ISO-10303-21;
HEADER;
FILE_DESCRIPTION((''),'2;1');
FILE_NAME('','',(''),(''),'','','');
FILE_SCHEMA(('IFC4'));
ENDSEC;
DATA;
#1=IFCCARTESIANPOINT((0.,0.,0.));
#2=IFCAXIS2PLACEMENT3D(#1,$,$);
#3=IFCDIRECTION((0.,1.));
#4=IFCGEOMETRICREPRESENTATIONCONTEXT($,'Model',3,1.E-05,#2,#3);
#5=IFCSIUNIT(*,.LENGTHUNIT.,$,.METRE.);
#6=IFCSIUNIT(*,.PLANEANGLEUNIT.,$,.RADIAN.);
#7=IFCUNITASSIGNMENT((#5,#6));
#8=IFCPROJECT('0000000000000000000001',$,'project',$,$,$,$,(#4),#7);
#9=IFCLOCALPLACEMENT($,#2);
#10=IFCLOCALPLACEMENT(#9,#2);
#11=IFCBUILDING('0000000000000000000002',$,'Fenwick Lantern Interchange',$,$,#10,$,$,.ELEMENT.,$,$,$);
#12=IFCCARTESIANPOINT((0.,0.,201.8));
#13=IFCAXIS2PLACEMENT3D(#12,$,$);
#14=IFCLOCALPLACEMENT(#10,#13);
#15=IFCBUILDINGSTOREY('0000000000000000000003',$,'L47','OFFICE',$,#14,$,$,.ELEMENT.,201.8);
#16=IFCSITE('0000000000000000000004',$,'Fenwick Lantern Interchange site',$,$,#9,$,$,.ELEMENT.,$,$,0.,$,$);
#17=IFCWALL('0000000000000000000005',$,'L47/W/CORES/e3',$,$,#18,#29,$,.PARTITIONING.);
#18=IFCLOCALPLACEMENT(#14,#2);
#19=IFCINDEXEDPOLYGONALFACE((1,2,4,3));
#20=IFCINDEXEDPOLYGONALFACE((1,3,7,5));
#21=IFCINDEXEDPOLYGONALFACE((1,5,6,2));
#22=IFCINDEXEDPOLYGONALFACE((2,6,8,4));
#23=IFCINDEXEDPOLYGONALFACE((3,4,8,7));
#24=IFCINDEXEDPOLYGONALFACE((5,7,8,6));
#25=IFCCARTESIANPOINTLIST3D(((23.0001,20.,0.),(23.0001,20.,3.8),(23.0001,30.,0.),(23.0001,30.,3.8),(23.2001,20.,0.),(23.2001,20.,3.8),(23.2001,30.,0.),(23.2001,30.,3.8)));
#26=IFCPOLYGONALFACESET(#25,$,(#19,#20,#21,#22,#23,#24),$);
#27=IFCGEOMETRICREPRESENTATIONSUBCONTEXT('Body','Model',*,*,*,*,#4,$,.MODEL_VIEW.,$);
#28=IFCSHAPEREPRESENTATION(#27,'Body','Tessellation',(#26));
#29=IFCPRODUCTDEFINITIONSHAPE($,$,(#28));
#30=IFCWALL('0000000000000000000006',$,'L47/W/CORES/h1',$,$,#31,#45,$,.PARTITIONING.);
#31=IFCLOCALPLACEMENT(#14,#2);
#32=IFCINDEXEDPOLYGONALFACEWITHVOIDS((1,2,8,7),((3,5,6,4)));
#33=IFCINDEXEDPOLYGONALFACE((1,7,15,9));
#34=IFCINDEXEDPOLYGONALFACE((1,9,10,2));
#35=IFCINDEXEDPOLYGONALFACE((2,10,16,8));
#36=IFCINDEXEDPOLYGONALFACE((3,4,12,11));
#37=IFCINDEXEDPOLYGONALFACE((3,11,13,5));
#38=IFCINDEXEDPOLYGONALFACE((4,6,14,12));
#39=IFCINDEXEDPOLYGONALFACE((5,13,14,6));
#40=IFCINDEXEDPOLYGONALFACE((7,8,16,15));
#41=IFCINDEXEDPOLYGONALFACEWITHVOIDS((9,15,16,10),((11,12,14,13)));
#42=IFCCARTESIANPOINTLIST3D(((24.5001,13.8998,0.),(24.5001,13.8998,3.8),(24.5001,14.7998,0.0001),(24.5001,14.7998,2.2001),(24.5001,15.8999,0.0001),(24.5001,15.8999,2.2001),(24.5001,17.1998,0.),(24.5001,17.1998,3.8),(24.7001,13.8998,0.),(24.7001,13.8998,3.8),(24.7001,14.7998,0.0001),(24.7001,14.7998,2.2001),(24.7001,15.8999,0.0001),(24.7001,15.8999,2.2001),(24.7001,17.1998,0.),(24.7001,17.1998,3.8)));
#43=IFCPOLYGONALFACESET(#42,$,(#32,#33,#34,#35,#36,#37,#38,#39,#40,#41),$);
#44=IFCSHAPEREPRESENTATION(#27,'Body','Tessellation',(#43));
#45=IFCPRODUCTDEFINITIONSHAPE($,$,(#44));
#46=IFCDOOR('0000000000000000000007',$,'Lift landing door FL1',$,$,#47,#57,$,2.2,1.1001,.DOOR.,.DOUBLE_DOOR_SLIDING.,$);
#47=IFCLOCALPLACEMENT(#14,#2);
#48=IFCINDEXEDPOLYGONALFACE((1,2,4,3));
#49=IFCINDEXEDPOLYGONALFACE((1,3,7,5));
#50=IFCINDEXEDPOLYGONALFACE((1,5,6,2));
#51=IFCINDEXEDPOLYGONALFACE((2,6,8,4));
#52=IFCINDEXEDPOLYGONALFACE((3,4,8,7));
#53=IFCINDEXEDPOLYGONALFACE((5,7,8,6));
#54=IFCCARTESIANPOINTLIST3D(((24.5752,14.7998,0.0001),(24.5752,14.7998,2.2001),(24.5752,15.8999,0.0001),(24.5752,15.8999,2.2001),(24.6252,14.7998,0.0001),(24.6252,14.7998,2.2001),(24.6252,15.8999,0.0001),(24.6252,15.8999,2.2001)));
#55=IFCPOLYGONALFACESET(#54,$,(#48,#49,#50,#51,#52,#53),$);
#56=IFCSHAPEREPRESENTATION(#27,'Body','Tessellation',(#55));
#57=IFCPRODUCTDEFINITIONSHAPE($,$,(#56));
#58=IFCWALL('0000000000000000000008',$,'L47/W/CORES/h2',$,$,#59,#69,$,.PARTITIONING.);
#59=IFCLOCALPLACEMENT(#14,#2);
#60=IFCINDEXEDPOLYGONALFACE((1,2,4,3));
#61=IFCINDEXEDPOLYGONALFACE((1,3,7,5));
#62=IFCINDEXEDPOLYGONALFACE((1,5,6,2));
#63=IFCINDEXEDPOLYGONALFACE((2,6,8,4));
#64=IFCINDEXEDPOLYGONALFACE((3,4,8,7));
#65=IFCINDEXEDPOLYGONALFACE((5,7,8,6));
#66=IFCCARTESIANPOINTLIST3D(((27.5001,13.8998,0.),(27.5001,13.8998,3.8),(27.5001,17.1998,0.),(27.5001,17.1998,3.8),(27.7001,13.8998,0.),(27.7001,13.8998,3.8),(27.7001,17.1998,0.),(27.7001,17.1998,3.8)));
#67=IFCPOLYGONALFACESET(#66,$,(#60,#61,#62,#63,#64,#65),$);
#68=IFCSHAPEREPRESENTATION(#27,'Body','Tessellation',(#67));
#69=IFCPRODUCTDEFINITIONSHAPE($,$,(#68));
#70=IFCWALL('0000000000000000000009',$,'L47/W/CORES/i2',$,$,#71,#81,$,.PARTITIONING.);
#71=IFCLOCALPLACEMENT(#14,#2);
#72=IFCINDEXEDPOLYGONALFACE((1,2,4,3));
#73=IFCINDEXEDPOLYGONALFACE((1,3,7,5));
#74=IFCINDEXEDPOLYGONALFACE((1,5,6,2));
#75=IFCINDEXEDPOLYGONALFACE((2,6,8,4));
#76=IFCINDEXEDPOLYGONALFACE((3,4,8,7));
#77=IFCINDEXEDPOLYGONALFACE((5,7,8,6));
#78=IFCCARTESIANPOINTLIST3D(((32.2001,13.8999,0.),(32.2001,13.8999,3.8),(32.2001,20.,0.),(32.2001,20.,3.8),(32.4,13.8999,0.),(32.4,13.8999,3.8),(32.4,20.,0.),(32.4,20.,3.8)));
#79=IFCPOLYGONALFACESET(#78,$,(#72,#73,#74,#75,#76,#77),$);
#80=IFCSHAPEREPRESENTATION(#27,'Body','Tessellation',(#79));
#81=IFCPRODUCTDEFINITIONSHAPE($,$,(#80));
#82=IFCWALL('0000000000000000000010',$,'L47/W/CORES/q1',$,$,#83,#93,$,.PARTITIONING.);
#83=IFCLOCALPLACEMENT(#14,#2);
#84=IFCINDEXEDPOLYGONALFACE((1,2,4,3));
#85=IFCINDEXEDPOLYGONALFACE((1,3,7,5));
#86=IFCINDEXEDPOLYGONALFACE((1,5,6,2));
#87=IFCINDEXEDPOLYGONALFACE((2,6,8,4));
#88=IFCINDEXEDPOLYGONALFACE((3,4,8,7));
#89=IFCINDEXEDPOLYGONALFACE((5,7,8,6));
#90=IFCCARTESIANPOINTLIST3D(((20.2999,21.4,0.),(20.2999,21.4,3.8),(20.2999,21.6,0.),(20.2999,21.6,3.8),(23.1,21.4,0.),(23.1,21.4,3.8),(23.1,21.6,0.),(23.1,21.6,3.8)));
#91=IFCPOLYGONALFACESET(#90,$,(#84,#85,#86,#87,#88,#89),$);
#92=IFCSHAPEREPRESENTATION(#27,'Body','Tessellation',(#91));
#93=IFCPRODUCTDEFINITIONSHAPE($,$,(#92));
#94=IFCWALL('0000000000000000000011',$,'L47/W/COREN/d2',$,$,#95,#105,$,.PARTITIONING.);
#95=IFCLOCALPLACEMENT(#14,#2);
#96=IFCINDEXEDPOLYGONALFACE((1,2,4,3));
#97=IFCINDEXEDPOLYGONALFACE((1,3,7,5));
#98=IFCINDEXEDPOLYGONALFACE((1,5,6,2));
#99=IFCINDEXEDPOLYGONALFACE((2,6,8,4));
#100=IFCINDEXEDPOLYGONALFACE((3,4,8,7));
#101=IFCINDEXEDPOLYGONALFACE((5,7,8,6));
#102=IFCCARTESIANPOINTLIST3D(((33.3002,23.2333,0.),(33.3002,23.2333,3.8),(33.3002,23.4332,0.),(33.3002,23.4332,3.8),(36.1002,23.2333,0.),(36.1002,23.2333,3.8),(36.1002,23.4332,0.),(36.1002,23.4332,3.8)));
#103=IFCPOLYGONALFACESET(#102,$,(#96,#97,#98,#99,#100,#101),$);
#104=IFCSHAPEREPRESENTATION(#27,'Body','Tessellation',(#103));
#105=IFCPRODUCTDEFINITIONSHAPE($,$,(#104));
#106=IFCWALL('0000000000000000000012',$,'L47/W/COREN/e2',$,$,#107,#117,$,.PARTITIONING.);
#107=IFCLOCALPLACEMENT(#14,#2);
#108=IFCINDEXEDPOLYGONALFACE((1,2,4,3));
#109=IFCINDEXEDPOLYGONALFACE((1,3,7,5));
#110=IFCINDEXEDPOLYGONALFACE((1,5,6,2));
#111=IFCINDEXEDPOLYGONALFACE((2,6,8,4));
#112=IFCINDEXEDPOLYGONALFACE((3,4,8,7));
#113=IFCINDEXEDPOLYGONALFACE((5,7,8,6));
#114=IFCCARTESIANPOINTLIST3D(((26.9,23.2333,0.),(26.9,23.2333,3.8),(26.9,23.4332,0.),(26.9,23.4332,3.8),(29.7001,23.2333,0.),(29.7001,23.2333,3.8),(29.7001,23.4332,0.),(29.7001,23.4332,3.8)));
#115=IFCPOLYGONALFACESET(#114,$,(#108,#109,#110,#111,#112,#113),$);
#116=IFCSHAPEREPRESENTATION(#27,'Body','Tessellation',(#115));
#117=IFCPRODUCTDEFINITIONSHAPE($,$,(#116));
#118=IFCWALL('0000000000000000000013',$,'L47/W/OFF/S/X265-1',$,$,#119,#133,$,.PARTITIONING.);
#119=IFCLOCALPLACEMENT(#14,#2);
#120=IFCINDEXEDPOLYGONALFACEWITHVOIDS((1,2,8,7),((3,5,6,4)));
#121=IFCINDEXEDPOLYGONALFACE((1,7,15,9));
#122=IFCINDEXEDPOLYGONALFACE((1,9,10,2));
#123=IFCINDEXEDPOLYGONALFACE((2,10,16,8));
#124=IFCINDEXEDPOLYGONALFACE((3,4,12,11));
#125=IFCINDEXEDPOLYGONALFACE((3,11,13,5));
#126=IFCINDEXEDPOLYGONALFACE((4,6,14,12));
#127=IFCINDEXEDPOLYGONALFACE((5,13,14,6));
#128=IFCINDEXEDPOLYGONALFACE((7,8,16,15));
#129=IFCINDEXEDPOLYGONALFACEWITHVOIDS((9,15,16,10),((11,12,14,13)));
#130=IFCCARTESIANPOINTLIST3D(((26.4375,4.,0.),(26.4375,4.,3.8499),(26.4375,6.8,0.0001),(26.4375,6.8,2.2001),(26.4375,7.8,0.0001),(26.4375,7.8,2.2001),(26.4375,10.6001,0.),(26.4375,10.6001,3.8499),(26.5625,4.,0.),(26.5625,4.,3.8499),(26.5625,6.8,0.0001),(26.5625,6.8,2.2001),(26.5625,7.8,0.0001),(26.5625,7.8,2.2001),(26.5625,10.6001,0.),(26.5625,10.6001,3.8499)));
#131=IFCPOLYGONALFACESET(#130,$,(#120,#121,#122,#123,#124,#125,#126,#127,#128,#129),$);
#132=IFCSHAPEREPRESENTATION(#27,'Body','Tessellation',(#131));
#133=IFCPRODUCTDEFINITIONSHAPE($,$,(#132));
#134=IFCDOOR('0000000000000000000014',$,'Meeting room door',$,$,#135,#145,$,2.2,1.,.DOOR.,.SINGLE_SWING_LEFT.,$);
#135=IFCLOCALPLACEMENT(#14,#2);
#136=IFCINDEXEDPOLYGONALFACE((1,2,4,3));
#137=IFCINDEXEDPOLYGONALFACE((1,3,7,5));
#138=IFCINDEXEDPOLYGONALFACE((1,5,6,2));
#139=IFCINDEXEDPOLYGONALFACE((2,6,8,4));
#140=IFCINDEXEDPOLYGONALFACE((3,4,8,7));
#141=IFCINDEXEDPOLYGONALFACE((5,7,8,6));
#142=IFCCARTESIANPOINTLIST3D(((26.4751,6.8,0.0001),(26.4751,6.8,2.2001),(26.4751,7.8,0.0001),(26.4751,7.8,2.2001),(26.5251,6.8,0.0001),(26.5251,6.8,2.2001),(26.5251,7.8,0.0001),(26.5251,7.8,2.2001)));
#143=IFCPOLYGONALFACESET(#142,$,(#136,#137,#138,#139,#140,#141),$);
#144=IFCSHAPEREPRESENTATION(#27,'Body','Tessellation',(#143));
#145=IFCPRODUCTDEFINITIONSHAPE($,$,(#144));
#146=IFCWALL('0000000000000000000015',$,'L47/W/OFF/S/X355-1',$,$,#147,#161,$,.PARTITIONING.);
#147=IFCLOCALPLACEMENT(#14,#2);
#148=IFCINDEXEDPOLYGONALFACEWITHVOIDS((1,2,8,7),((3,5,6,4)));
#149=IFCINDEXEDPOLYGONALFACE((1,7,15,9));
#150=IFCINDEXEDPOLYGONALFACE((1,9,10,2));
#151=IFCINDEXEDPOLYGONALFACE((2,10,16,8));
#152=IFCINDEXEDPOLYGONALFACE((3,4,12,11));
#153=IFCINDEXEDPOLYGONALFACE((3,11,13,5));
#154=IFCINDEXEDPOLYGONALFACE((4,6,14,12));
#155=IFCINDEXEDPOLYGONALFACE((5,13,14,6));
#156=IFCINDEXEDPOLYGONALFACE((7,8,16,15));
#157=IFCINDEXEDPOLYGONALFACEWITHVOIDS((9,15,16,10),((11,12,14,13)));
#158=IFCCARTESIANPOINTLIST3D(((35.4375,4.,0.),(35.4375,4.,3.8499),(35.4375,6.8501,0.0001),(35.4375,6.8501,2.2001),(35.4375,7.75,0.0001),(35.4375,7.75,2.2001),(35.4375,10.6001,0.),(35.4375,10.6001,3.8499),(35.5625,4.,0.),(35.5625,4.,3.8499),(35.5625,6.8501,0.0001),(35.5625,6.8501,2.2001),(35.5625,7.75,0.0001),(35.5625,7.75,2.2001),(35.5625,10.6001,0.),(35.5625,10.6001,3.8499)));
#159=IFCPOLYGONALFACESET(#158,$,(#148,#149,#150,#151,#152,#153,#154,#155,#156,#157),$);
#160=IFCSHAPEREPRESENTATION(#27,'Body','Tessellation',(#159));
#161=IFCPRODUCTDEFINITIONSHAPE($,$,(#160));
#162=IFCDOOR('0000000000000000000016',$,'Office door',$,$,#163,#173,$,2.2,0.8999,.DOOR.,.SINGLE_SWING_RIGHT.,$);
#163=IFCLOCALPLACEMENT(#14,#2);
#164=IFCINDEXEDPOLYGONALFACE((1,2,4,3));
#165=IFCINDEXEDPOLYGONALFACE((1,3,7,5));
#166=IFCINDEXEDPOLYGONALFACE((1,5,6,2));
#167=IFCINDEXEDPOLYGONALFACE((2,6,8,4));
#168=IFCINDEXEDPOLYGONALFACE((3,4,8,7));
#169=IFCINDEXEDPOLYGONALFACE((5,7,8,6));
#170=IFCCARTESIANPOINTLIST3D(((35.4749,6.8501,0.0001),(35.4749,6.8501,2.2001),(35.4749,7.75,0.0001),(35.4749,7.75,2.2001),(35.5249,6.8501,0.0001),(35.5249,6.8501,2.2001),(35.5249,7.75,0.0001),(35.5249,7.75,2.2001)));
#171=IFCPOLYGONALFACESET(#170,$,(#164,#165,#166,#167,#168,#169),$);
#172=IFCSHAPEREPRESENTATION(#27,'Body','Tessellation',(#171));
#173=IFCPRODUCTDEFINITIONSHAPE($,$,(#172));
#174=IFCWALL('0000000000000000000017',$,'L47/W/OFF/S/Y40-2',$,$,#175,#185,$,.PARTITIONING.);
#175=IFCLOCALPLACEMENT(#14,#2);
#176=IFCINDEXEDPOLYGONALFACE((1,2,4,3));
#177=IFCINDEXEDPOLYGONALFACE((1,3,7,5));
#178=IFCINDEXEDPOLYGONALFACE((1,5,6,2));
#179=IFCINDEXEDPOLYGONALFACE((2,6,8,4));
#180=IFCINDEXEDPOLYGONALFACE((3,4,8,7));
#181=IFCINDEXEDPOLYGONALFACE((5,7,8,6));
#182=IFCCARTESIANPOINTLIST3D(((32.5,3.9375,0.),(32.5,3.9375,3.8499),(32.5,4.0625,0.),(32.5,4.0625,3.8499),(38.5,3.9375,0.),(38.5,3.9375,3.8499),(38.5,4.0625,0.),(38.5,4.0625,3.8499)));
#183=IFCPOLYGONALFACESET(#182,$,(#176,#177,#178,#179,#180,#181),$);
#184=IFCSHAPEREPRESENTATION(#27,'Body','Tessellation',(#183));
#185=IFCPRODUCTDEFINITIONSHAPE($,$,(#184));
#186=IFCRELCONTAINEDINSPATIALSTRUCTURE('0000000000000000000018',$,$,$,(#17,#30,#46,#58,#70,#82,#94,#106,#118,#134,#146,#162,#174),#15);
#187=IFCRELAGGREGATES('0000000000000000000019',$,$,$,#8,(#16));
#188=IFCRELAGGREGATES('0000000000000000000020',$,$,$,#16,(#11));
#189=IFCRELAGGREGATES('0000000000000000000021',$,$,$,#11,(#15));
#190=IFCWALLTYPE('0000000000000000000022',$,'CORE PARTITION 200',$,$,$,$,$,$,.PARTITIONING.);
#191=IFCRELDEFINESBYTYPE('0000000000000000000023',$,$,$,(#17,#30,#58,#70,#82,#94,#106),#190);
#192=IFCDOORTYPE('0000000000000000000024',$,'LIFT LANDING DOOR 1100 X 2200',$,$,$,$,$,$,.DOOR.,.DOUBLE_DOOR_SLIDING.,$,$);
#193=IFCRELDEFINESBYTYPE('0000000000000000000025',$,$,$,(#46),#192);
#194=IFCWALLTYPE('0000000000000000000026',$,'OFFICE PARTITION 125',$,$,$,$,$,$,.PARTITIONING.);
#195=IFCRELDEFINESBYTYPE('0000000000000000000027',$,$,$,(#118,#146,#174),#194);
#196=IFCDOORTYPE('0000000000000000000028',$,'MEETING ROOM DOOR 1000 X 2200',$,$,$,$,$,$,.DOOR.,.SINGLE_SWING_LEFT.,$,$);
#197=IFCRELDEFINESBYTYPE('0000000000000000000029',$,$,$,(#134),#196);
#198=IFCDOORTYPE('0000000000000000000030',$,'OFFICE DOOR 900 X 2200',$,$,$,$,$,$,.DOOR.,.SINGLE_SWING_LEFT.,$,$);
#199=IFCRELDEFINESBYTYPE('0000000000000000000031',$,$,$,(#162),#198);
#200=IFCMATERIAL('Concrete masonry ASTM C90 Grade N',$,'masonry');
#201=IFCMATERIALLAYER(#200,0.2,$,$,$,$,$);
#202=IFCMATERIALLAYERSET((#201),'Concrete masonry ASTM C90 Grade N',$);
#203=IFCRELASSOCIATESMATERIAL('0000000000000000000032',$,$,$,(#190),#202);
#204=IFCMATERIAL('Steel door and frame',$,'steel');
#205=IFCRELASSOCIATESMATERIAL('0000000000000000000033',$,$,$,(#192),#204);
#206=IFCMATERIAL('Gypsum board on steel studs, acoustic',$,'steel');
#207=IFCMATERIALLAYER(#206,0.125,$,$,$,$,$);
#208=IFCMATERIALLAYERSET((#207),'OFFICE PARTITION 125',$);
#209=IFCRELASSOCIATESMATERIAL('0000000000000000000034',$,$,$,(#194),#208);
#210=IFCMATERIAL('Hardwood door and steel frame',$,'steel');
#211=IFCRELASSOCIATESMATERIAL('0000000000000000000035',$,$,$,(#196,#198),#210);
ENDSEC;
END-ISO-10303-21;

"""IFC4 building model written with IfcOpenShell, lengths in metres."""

from ifc_helpers import new_model, si_unit, direction, frame, frame_2d, origin, place, context, subcontext, project, spatial, rectangle, extrude, material, layer, layer_set, type_object, element, fill, save


model = new_model("IFC4")

# Units and contexts
model_context = context("Model", 3, precision=1e-05, world=origin(), true_north=direction((0.0, 1.0)))
body_context = subcontext(model_context, "Body", "Model", "MODEL_VIEW")
ifc_project = project(units=[si_unit("LENGTHUNIT", "METRE"), si_unit("PLANEANGLEUNIT", "RADIAN")], contexts=[model_context])

# Site, building, storey
site_placement = place(None, origin())
site = spatial("IfcSite", under=ifc_project, at=site_placement, Name="Fenwick Lantern Interchange site", CompositionType="ELEMENT", RefElevation=0.0)
building_placement = place(site_placement, origin())
building = spatial("IfcBuilding", under=site, at=building_placement, Name="Fenwick Lantern Interchange", CompositionType="ELEMENT")
storey_placement = place(building_placement, frame((0.0, 0.0, 201.8)))
storey = spatial("IfcBuildingStorey", under=building, at=storey_placement, Name="L47", Description="OFFICE", CompositionType="ELEMENT", Elevation=201.8)

# Wall
ifc_material_1 = material(Name="Concrete masonry ASTM C90 Grade N", Category="masonry")
ifc_layer_1 = layer(ifc_material_1, 0.2)
ifc_layer_set_1 = layer_set([ifc_layer_1], Name="Concrete masonry ASTM C90 Grade N")
wall_type_1 = type_object("IfcWallType", Name="CORE PARTITION 200", PredefinedType="PARTITIONING", material=ifc_layer_set_1)
wall_1_placement = place(storey_placement, frame((23.1001, 20.0, 0.0), z_axis=(0.0, 0.0, 1.0), x_axis=(0.0, 1.0, 0.0)))
element("IfcWall", 1, at=wall_1_placement, inside=storey, type_object=wall_type_1, Name="L47/W/CORES/e3", PredefinedType="PARTITIONING", context=body_context, shape_type="SweptSolid", body=[
    extrude(rectangle(XDim=10.0, YDim=0.2, at=frame_2d((5.0, 0.0))), origin(), (0.0, 0.0, 1.0), 3.8),
])

# Wall, opening, door
wall_2_placement = place(storey_placement, frame((24.6001, 13.8999, 0.0), z_axis=(0.0, 0.0, 1.0), x_axis=(0.0, 1.0, 0.0)))
wall_2 = element("IfcWall", 2, at=wall_2_placement, inside=storey, type_object=wall_type_1, Name="L47/W/CORES/h1", PredefinedType="PARTITIONING", context=body_context, shape_type="SweptSolid", body=[
    extrude(rectangle(XDim=3.3, YDim=0.2, at=frame_2d((1.6499, 0.0))), origin(), (0.0, 0.0, 1.0), 3.8),
])
opening_1_placement = place(wall_2_placement, frame((0.8999, 0.0, 0.0)))
opening_1 = element("IfcOpeningElement", 3, at=opening_1_placement, cuts=wall_2, PredefinedType="OPENING", context=body_context, shape_type="SweptSolid", body=[
    extrude(rectangle(XDim=1.1001, YDim=2.2, at=frame_2d((0.55, 1.1001))), frame((0.0, 0.1099, 0.0), z_axis=(0.0, -1.0, 0.0), x_axis=(1.0, 0.0, 0.0)), (0.0, 0.0, 1.0), 0.22),
])
ifc_material_2 = material(Name="Steel door and frame", Category="steel")
door_type_1 = type_object("IfcDoorType", Name="LIFT LANDING DOOR 1100 X 2200", OperationType="DOUBLE_DOOR_SLIDING", PredefinedType="DOOR", material=ifc_material_2)
door_1_placement = place(opening_1_placement, origin())
door_1 = element("IfcDoor", 4, at=door_1_placement, inside=storey, type_object=door_type_1, Name="Lift landing door FL1", OperationType="DOUBLE_DOOR_SLIDING", OverallHeight=2.2, OverallWidth=1.1001, PredefinedType="DOOR", context=body_context, shape_type="SweptSolid", body=[
    extrude(rectangle(XDim=1.1001, YDim=2.2, at=frame_2d((0.55, 1.1001))), frame((0.0, 0.0249, 0.0), z_axis=(0.0, -1.0, 0.0), x_axis=(1.0, 0.0, 0.0)), (0.0, 0.0, 1.0), 0.05),
])
fill(opening_1, door_1)

# Walls
wall_3_placement = place(storey_placement, frame((27.6001, 13.8999, 0.0), z_axis=(0.0, 0.0, 1.0), x_axis=(0.0, 1.0, 0.0)))
element("IfcWall", 5, at=wall_3_placement, inside=storey, type_object=wall_type_1, Name="L47/W/CORES/h2", PredefinedType="PARTITIONING", context=body_context, shape_type="SweptSolid", body=[
    extrude(rectangle(XDim=3.3, YDim=0.2, at=frame_2d((1.6499, 0.0))), origin(), (0.0, 0.0, 1.0), 3.8),
])
wall_4_placement = place(storey_placement, frame((32.3, 13.8999, 0.0), z_axis=(0.0, 0.0, 1.0), x_axis=(0.0, 1.0, 0.0)))
element("IfcWall", 6, at=wall_4_placement, inside=storey, type_object=wall_type_1, Name="L47/W/CORES/i2", PredefinedType="PARTITIONING", context=body_context, shape_type="SweptSolid", body=[
    extrude(rectangle(XDim=6.1001, YDim=0.2, at=frame_2d((3.05, 0.0))), origin(), (0.0, 0.0, 1.0), 3.8),
])
for number, where, z_axis, x_axis, name in (
    (7, (20.3, 21.5, 0.0), (0.0, 0.0, 1.0), (1.0, 0.0, 0.0), "L47/W/CORES/q1"),
    (8, (36.1001, 23.3333, 0.0), (0.0, 0.0, 1.0), (-1.0, 0.0, 0.0), "L47/W/COREN/d2"),
    (9, (29.7, 23.3333, 0.0), (0.0, 0.0, 1.0), (-1.0, 0.0, 0.0), "L47/W/COREN/e2"),
):
    element("IfcWall", number, at=place(storey_placement, frame(where, z_axis=z_axis, x_axis=x_axis)), inside=storey, type_object=wall_type_1, Name=name, PredefinedType="PARTITIONING", context=body_context, shape_type="SweptSolid", body=[
        extrude(rectangle(XDim=2.8, YDim=0.2, at=frame_2d((1.3999, 0.0))), origin(), (0.0, 0.0, 1.0), 3.8),
    ])

# Shared definitions
ifc_material_3 = material(Name="Hardwood door and steel frame", Category="steel")

# Walls, openings, doors
ifc_material_4 = material(Name="Gypsum board on steel studs, acoustic", Category="steel")
ifc_layer_2 = layer(ifc_material_4, 0.125)
ifc_layer_set_2 = layer_set([ifc_layer_2], Name="OFFICE PARTITION 125")
wall_type_2 = type_object("IfcWallType", Name="OFFICE PARTITION 125", PredefinedType="PARTITIONING", material=ifc_layer_set_2)
wall_5_placement = place(storey_placement, frame((26.5, 4.0, 0.0), z_axis=(0.0, 0.0, 1.0), x_axis=(0.0, 1.0, 0.0)))
wall_5 = element("IfcWall", 10, at=wall_5_placement, inside=storey, type_object=wall_type_2, Name="L47/W/OFF/S/X265-1", PredefinedType="PARTITIONING", context=body_context, shape_type="SweptSolid", body=[
    extrude(rectangle(XDim=6.6001, YDim=0.125, at=frame_2d((3.3, 0.0))), origin(), (0.0, 0.0, 1.0), 3.8499),
])
opening_2_placement = place(wall_5_placement, frame((2.8, 0.0, 0.0)))
opening_2 = element("IfcOpeningElement", 11, at=opening_2_placement, cuts=wall_5, PredefinedType="OPENING", context=body_context, shape_type="SweptSolid", body=[
    extrude(rectangle(XDim=1.0, YDim=2.2, at=frame_2d((0.5, 1.1001))), frame((0.0, 0.0725, 0.0), z_axis=(0.0, -1.0, 0.0), x_axis=(1.0, 0.0, 0.0)), (0.0, 0.0, 1.0), 0.145),
])
door_type_2 = type_object("IfcDoorType", Name="MEETING ROOM DOOR 1000 X 2200", OperationType="SINGLE_SWING_LEFT", PredefinedType="DOOR", material=ifc_material_3)
door_2_placement = place(opening_2_placement, origin())
door_2 = element("IfcDoor", 12, at=door_2_placement, inside=storey, type_object=door_type_2, Name="Meeting room door", OperationType="SINGLE_SWING_LEFT", OverallHeight=2.2, OverallWidth=1.0, PredefinedType="DOOR", context=body_context, shape_type="SweptSolid", body=[
    extrude(rectangle(XDim=1.0, YDim=2.2, at=frame_2d((0.5, 1.1001))), frame((0.0, 0.0249, 0.0), z_axis=(0.0, -1.0, 0.0), x_axis=(1.0, 0.0, 0.0)), (0.0, 0.0, 1.0), 0.05),
])
fill(opening_2, door_2)
wall_6_placement = place(storey_placement, frame((35.5, 4.0, 0.0), z_axis=(0.0, 0.0, 1.0), x_axis=(0.0, 1.0, 0.0)))
wall_6 = element("IfcWall", 13, at=wall_6_placement, inside=storey, type_object=wall_type_2, Name="L47/W/OFF/S/X355-1", PredefinedType="PARTITIONING", context=body_context, shape_type="SweptSolid", body=[
    extrude(rectangle(XDim=6.6001, YDim=0.125, at=frame_2d((3.3, 0.0))), origin(), (0.0, 0.0, 1.0), 3.8499),
])
opening_3_placement = place(wall_6_placement, frame((2.8501, 0.0, 0.0)))
opening_3 = element("IfcOpeningElement", 14, at=opening_3_placement, cuts=wall_6, PredefinedType="OPENING", context=body_context, shape_type="SweptSolid", body=[
    extrude(rectangle(XDim=0.8999, YDim=2.2, at=frame_2d((0.45, 1.1001))), frame((0.0, 0.0725, 0.0), z_axis=(0.0, -1.0, 0.0), x_axis=(1.0, 0.0, 0.0)), (0.0, 0.0, 1.0), 0.145),
])
door_type_3 = type_object("IfcDoorType", Name="OFFICE DOOR 900 X 2200", OperationType="SINGLE_SWING_LEFT", PredefinedType="DOOR", material=ifc_material_3)
door_3_placement = place(opening_3_placement, frame((0.8999, 0.0, 0.0), z_axis=(0.0, 0.0, 1.0), x_axis=(-1.0, 0.0, 0.0)))
door_3 = element("IfcDoor", 15, at=door_3_placement, inside=storey, type_object=door_type_3, Name="Office door", OperationType="SINGLE_SWING_RIGHT", OverallHeight=2.2, OverallWidth=0.8999, PredefinedType="DOOR", context=body_context, shape_type="SweptSolid", body=[
    extrude(rectangle(XDim=0.8999, YDim=2.2, at=frame_2d((0.45, 1.1001))), frame((0.0, 0.0249, 0.0), z_axis=(0.0, -1.0, 0.0), x_axis=(1.0, 0.0, 0.0)), (0.0, 0.0, 1.0), 0.05),
])
fill(opening_3, door_3)

# Wall
wall_7_placement = place(storey_placement, frame((32.5, 4.0, 0.0), z_axis=(0.0, 0.0, 1.0), x_axis=(1.0, 0.0, 0.0)))
element("IfcWall", 16, at=wall_7_placement, inside=storey, type_object=wall_type_2, Name="L47/W/OFF/S/Y40-2", PredefinedType="PARTITIONING", context=body_context, shape_type="SweptSolid", body=[
    extrude(rectangle(XDim=6.0, YDim=0.125, at=frame_2d((3.0, 0.0))), origin(), (0.0, 0.0, 1.0), 3.8499),
])

save(model, "model.ifc")
